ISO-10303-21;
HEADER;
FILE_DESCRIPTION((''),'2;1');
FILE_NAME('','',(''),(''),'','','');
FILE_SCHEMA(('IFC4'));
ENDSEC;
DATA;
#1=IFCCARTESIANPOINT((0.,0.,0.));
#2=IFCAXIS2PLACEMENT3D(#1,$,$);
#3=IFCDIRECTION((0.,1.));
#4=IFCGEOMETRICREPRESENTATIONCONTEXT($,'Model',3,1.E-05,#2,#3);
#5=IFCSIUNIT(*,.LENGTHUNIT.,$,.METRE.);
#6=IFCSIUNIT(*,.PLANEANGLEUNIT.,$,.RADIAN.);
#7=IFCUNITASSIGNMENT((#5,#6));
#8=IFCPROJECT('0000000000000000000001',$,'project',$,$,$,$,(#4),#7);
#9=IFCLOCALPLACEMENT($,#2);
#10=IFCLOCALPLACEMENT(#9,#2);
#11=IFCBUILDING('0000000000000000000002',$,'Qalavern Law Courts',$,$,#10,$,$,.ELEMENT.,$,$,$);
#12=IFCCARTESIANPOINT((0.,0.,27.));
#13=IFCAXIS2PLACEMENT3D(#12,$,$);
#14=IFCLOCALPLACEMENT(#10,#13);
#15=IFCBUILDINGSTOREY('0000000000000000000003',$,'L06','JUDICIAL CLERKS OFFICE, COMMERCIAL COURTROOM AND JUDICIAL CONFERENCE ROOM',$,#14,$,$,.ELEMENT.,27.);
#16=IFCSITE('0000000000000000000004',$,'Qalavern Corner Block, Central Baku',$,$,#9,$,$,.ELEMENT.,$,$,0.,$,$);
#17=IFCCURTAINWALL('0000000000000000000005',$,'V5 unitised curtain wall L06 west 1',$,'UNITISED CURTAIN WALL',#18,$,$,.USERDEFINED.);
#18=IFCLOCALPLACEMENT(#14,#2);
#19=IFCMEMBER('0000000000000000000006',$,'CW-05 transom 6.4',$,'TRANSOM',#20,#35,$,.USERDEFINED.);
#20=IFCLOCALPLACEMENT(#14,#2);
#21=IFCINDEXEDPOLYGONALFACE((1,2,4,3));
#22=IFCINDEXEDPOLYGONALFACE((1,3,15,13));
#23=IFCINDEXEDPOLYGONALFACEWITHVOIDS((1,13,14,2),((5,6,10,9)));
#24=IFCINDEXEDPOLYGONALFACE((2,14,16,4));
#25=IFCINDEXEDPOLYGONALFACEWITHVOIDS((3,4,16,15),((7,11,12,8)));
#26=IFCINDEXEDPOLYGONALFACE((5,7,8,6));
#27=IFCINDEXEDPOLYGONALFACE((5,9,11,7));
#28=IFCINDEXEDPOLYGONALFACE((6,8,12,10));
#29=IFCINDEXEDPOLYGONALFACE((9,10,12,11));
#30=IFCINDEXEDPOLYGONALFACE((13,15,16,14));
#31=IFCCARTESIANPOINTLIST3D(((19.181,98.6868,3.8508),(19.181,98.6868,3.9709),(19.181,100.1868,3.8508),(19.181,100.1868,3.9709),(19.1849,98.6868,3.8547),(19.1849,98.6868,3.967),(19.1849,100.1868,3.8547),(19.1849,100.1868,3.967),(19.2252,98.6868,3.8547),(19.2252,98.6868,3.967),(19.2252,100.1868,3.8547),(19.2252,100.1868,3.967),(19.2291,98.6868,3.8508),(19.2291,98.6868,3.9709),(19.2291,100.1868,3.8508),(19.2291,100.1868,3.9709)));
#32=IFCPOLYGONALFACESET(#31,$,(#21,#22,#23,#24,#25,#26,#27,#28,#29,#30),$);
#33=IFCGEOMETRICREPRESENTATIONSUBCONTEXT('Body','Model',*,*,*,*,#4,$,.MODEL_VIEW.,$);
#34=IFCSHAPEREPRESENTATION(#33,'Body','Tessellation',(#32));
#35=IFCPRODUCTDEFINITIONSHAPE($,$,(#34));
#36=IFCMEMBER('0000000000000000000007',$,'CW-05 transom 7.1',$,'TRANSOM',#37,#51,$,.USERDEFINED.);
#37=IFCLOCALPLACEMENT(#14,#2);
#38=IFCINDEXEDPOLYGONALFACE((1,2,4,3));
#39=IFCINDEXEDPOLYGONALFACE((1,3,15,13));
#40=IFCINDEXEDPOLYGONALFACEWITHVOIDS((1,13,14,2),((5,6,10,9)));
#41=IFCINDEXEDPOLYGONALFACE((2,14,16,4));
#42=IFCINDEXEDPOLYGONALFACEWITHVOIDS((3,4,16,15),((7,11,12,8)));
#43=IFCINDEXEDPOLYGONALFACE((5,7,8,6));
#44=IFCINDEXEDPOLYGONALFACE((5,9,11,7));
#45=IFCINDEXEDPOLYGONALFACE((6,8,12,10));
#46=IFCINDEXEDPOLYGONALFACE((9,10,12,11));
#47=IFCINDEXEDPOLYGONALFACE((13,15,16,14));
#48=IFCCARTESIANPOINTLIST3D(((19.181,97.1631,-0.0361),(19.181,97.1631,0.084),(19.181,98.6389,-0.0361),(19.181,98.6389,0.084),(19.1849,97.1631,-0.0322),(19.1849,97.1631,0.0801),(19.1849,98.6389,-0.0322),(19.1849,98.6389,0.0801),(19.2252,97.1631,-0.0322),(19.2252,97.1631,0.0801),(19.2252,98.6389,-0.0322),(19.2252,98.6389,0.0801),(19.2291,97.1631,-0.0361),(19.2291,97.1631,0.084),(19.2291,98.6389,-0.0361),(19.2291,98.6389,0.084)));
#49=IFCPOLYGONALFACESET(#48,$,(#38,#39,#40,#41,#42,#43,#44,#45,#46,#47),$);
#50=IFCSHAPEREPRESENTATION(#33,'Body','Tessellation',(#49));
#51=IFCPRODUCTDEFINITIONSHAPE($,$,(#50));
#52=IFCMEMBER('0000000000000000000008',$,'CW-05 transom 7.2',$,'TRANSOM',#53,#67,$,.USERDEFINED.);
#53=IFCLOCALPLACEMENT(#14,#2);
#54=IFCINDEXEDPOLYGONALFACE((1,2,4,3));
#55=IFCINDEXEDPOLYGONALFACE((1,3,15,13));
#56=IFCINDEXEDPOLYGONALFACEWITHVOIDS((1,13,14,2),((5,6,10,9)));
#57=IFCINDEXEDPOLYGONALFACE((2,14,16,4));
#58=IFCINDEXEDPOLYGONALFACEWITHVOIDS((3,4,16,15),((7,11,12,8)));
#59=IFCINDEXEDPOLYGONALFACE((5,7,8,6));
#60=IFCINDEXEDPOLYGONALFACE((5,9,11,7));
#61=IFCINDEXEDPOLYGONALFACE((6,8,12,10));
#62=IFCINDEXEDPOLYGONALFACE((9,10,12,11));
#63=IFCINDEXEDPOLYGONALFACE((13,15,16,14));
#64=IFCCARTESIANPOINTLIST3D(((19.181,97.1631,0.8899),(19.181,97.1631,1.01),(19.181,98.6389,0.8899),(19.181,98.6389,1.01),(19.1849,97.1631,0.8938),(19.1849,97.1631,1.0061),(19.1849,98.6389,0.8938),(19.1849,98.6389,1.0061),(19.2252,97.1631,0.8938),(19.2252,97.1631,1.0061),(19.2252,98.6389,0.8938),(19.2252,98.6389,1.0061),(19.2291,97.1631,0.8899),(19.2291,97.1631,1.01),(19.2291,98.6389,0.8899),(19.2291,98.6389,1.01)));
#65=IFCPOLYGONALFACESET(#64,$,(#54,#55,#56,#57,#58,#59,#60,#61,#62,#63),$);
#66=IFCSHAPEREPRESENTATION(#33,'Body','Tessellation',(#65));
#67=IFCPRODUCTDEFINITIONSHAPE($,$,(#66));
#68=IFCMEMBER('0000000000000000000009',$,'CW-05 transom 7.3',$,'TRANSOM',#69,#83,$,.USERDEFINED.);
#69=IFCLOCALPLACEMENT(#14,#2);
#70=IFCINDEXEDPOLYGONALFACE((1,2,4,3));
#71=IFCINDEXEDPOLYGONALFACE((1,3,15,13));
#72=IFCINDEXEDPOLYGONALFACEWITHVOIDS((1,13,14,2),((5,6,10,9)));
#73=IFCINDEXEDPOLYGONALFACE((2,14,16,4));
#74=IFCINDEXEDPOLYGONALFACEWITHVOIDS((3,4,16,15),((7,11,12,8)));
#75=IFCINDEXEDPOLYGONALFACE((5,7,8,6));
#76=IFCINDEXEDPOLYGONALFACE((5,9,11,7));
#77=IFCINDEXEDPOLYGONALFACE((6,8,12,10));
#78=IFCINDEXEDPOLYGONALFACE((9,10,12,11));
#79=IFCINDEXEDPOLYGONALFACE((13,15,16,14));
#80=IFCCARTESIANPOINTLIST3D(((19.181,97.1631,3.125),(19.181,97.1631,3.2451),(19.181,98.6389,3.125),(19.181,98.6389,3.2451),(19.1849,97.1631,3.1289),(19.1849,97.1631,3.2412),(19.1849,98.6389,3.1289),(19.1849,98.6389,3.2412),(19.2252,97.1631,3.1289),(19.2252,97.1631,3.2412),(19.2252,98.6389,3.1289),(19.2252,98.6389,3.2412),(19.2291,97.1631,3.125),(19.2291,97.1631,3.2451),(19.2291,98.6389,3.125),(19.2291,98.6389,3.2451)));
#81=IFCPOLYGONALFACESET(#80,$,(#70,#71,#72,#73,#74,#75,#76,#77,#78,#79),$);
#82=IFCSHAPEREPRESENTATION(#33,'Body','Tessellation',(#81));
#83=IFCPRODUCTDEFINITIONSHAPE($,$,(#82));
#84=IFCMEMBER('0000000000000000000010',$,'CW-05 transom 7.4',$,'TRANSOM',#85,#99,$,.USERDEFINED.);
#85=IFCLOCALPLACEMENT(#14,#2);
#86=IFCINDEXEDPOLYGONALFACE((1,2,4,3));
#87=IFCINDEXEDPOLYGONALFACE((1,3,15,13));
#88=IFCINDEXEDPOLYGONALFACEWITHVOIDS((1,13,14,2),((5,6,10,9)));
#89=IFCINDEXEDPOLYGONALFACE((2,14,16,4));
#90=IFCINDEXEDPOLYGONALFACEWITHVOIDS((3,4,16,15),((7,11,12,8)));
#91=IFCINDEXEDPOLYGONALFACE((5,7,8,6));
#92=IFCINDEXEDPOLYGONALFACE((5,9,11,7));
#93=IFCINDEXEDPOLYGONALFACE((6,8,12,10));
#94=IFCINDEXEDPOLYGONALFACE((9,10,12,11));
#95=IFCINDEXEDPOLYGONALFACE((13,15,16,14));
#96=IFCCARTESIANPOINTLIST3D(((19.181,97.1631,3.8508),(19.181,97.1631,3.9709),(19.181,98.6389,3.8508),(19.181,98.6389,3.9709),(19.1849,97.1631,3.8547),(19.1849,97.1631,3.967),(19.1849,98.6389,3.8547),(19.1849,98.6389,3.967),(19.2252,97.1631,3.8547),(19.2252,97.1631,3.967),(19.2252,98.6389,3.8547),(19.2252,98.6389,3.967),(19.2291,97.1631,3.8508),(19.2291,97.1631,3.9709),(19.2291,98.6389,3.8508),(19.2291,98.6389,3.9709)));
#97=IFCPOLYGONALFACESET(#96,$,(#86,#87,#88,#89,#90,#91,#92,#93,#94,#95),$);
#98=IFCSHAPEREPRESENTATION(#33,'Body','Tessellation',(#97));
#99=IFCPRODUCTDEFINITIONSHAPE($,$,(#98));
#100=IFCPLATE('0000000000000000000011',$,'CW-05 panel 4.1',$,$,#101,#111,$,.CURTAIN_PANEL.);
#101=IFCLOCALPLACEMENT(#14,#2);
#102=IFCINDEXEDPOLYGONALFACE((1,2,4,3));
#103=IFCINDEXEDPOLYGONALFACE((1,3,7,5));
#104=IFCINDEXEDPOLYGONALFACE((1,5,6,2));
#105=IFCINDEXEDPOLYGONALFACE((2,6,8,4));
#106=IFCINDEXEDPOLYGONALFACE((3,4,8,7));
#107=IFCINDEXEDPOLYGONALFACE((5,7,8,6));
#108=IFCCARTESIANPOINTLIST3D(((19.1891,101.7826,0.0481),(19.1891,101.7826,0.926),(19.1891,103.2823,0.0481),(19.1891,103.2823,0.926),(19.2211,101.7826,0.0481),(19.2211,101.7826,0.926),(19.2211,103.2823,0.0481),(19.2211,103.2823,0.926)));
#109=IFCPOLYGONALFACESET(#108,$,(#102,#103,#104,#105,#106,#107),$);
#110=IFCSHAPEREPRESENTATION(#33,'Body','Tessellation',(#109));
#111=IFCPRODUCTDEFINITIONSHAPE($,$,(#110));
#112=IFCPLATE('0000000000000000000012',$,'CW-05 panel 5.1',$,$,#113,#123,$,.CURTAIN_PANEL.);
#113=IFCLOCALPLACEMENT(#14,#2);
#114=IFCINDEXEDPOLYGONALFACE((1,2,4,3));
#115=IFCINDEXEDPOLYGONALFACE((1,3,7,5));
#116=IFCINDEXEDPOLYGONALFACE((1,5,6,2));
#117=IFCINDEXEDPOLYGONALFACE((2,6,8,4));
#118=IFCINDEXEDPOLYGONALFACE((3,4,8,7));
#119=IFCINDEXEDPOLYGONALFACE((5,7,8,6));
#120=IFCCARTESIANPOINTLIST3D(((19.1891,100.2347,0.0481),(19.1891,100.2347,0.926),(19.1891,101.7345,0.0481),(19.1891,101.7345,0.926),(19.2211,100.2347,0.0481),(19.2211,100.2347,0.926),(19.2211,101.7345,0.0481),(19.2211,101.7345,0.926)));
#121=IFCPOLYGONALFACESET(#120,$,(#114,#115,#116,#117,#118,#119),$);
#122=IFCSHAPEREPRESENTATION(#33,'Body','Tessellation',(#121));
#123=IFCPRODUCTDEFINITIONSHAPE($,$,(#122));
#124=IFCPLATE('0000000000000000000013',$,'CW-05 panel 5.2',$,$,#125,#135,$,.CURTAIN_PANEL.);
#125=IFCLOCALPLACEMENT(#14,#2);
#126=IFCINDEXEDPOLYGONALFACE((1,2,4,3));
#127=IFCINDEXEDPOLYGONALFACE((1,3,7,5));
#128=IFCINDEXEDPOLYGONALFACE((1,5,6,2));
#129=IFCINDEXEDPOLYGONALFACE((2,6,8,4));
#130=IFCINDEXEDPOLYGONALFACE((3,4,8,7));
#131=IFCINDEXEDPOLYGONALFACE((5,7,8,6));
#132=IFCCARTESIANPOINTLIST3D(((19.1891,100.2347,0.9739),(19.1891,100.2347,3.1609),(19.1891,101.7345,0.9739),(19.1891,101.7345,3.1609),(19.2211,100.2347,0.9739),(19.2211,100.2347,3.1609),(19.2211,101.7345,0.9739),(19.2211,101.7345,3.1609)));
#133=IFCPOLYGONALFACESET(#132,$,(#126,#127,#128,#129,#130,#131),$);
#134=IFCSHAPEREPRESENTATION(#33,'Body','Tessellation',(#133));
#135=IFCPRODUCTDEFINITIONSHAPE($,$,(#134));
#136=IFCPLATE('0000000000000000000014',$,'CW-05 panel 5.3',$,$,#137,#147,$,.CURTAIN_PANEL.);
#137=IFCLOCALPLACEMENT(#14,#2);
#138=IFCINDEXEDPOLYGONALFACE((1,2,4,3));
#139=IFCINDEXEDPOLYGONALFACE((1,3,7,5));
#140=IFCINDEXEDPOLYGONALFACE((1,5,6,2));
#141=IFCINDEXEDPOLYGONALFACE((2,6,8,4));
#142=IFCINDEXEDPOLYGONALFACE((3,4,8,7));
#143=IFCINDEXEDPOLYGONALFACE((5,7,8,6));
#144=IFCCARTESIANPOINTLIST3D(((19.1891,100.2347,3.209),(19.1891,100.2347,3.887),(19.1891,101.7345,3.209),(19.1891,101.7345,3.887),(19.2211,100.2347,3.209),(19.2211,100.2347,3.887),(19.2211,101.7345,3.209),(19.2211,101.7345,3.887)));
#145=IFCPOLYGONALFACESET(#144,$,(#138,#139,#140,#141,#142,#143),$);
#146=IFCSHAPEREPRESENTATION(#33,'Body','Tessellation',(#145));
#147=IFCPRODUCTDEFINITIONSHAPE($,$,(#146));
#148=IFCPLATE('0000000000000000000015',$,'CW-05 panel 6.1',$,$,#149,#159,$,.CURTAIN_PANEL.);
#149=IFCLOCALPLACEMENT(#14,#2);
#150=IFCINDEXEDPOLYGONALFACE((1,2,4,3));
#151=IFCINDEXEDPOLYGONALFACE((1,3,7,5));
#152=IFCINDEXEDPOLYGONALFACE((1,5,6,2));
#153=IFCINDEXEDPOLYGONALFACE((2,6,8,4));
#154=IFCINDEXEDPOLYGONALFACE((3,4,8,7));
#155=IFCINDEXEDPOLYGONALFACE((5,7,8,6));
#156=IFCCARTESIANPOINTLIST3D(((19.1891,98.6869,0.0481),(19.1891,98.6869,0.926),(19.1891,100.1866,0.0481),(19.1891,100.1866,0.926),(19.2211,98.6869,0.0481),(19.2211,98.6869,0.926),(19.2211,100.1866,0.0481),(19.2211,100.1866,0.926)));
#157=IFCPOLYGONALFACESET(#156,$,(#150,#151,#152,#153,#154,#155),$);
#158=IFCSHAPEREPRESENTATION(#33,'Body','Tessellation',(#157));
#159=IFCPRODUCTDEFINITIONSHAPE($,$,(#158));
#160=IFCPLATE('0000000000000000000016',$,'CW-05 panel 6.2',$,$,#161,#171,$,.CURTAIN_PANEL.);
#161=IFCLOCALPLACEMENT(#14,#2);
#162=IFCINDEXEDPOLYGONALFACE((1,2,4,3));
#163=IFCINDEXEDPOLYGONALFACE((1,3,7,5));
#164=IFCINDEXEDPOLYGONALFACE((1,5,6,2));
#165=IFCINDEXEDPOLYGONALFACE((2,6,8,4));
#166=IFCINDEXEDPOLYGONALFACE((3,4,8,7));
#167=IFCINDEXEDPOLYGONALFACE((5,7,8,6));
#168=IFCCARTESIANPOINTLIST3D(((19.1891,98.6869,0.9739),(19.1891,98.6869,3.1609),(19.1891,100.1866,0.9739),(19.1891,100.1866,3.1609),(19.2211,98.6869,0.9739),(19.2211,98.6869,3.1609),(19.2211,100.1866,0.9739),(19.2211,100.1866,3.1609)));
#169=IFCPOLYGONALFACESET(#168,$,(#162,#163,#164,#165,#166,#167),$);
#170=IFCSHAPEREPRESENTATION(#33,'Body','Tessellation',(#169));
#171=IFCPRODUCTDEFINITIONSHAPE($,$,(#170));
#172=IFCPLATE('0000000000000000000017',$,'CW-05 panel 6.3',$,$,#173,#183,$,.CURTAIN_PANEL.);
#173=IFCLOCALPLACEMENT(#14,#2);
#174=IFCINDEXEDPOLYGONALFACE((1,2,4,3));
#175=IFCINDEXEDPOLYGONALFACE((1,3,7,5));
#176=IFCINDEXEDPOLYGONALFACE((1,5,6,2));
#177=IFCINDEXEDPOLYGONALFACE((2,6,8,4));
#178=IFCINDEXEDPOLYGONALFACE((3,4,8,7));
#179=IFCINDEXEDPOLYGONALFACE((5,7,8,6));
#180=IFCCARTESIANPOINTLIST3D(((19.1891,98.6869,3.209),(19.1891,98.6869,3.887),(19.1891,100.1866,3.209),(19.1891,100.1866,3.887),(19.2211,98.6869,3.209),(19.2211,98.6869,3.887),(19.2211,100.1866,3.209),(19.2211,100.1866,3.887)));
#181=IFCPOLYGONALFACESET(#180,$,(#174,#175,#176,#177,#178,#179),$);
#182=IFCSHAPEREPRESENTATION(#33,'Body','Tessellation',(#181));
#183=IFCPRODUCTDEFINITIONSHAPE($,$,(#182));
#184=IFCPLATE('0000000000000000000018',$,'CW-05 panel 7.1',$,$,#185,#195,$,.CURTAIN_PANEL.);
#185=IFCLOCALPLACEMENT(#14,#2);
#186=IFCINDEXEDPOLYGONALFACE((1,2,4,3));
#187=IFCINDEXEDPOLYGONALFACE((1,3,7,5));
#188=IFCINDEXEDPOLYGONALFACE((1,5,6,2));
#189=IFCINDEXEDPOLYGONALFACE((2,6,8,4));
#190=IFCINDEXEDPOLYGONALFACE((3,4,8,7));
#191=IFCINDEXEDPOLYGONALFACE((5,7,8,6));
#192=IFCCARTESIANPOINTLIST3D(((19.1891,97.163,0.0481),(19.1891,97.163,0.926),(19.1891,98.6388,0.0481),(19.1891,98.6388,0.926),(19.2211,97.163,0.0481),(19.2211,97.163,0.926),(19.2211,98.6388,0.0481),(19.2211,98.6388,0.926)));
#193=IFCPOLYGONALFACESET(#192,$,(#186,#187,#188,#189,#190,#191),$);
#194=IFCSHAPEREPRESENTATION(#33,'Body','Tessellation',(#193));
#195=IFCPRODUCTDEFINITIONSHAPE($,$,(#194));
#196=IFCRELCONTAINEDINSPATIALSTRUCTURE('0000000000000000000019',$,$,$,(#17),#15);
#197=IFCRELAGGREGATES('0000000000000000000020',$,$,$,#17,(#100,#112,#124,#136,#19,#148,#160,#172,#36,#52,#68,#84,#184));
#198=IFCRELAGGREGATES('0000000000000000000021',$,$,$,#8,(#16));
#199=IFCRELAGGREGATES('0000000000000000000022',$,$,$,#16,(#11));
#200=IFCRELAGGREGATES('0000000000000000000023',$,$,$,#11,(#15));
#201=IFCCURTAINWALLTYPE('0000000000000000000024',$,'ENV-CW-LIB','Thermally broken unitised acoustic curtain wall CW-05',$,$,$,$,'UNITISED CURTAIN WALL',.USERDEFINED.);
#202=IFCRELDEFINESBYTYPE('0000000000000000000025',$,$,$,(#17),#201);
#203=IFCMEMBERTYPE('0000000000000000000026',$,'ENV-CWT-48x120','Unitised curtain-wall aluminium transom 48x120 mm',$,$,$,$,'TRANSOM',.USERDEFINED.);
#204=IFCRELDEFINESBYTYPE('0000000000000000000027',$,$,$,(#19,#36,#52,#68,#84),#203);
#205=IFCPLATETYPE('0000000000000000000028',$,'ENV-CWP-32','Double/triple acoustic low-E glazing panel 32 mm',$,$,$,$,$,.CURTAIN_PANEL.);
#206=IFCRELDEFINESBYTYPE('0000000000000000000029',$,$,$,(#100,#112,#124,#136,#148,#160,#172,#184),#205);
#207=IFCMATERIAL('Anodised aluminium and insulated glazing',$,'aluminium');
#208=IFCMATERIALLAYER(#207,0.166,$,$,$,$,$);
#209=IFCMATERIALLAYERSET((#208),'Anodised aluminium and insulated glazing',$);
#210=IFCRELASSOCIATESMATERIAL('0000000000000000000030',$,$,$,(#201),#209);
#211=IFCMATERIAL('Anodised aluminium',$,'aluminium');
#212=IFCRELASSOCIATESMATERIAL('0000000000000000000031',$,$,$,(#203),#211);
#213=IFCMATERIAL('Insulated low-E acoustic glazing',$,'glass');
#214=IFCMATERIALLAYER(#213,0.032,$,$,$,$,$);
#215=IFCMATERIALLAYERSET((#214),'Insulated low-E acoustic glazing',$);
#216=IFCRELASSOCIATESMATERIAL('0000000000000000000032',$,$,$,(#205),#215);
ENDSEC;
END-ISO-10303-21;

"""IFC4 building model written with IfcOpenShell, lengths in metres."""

from ifc_helpers import new_model, si_unit, direction, frame, origin, origin_2d, place, context, subcontext, project, spatial, rectangle, hollow_rectangle, extrude, material, layer, layer_set, material_profile, profile_set, type_object, element, aggregate, save


model = new_model("IFC4")

# Units and contexts
model_context = context("Model", 3, precision=1e-05, world=origin(), true_north=direction((0.0, 1.0)))
body_context = subcontext(model_context, "Body", "Model", "MODEL_VIEW")
ifc_project = project(units=[si_unit("LENGTHUNIT", "METRE"), si_unit("PLANEANGLEUNIT", "RADIAN")], contexts=[model_context])

# Site, building, storey
site_placement = place(None, origin())
site = spatial("IfcSite", under=ifc_project, at=site_placement, Name="Qalavern Corner Block, Central Baku", CompositionType="ELEMENT", RefElevation=0.0)
building_placement = place(site_placement, origin())
building = spatial("IfcBuilding", under=site, at=building_placement, Name="Qalavern Law Courts", CompositionType="ELEMENT")
storey_placement = place(building_placement, frame((0.0, 0.0, 27.0)))
storey = spatial("IfcBuildingStorey", under=building, at=storey_placement, Name="L06", Description="JUDICIAL CLERKS OFFICE, COMMERCIAL COURTROOM AND JUDICIAL CONFERENCE ROOM", CompositionType="ELEMENT", Elevation=27.0)

# Curtain wall, members, plates
ifc_material_1 = material(Name="Anodised aluminium and insulated glazing", Category="aluminium")
ifc_layer_1 = layer(ifc_material_1, 0.166)
ifc_layer_set_1 = layer_set([ifc_layer_1], Name="Anodised aluminium and insulated glazing")
curtain_wall_type = type_object("IfcCurtainWallType", Name="ENV-CW-LIB", Description="Thermally broken unitised acoustic curtain wall CW-05", ElementType="UNITISED CURTAIN WALL", PredefinedType="USERDEFINED", material=ifc_layer_set_1)
curtain_wall_placement = place(storey_placement, origin())
curtain_wall = element("IfcCurtainWall", 1, at=curtain_wall_placement, inside=storey, type_object=curtain_wall_type, Name="V5 unitised curtain wall L06 west 1", ObjectType="UNITISED CURTAIN WALL", PredefinedType="USERDEFINED")
ifc_material_2 = material(Name="Anodised aluminium", Category="aluminium")
ifc_material_profile_1 = material_profile(ifc_material_2, hollow_rectangle(XDim=0.0481, YDim=0.1201, WallThickness=0.0039, at=origin_2d()), Name="ALU TRANSOM 48x120")
ifc_profile_set_1 = profile_set([ifc_material_profile_1], Name="Anodised aluminium")
member_type_1 = type_object("IfcMemberType", Name="ENV-CWT-48x120", Description="Unitised curtain-wall aluminium transom 48x120 mm", ElementType="TRANSOM", PredefinedType="USERDEFINED", material=ifc_profile_set_1)
member_1_placement = place(storey_placement, frame((19.2051, 100.1868, 3.9109), z_axis=(0.0, -1.0, 0.0), x_axis=(1.0, 0.0, 0.0)))
member_1 = element("IfcMember", 2, at=member_1_placement, type_object=member_type_1, Name="CW-05 transom 6.4", ObjectType="TRANSOM", PredefinedType="USERDEFINED", context=body_context, shape_type="SweptSolid", body=[
    extrude(hollow_rectangle(XDim=0.0481, YDim=0.1201, WallThickness=0.0039, at=origin_2d()), origin(), (0.0, 0.0, 1.0), 1.5),
])
member_2_placement = place(storey_placement, frame((19.2051, 98.6389, 0.0239), z_axis=(0.0, -1.0, 0.0), x_axis=(1.0, 0.0, 0.0)))
member_2 = element("IfcMember", 3, at=member_2_placement, type_object=member_type_1, Name="CW-05 transom 7.1", ObjectType="TRANSOM", PredefinedType="USERDEFINED", context=body_context, shape_type="SweptSolid", body=[
    extrude(hollow_rectangle(XDim=0.0481, YDim=0.1201, WallThickness=0.0039, at=origin_2d()), origin(), (0.0, 0.0, 1.0), 1.4758),
])
member_3_placement = place(storey_placement, frame((19.2051, 98.6389, 0.95), z_axis=(0.0, -1.0, 0.0), x_axis=(1.0, 0.0, 0.0)))
member_3 = element("IfcMember", 4, at=member_3_placement, type_object=member_type_1, Name="CW-05 transom 7.2", ObjectType="TRANSOM", PredefinedType="USERDEFINED", context=body_context, shape_type="SweptSolid", body=[
    extrude(hollow_rectangle(XDim=0.0481, YDim=0.1201, WallThickness=0.0039, at=origin_2d()), origin(), (0.0, 0.0, 1.0), 1.4758),
])
member_4_placement = place(storey_placement, frame((19.2051, 98.6389, 3.1851), z_axis=(0.0, -1.0, 0.0), x_axis=(1.0, 0.0, 0.0)))
member_4 = element("IfcMember", 5, at=member_4_placement, type_object=member_type_1, Name="CW-05 transom 7.3", ObjectType="TRANSOM", PredefinedType="USERDEFINED", context=body_context, shape_type="SweptSolid", body=[
    extrude(hollow_rectangle(XDim=0.0481, YDim=0.1201, WallThickness=0.0039, at=origin_2d()), origin(), (0.0, 0.0, 1.0), 1.4758),
])
member_5_placement = place(storey_placement, frame((19.2051, 98.6389, 3.9109), z_axis=(0.0, -1.0, 0.0), x_axis=(1.0, 0.0, 0.0)))
member_5 = element("IfcMember", 6, at=member_5_placement, type_object=member_type_1, Name="CW-05 transom 7.4", ObjectType="TRANSOM", PredefinedType="USERDEFINED", context=body_context, shape_type="SweptSolid", body=[
    extrude(hollow_rectangle(XDim=0.0481, YDim=0.1201, WallThickness=0.0039, at=origin_2d()), origin(), (0.0, 0.0, 1.0), 1.4758),
])
ifc_material_3 = material(Name="Insulated low-E acoustic glazing", Category="glass")
ifc_layer_2 = layer(ifc_material_3, 0.032)
ifc_layer_set_2 = layer_set([ifc_layer_2], Name="Insulated low-E acoustic glazing")
plate_type = type_object("IfcPlateType", Name="ENV-CWP-32", Description="Double/triple acoustic low-E glazing panel 32 mm", PredefinedType="CURTAIN_PANEL", material=ifc_layer_set_2)
plate_1_placement = place(storey_placement, frame((19.2051, 102.5325, 0.0481), z_axis=(0.0, 0.0, 1.0), x_axis=(0.0, -1.0, 0.0)))
plate_1 = element("IfcPlate", 7, at=plate_1_placement, type_object=plate_type, Name="CW-05 panel 4.1", PredefinedType="CURTAIN_PANEL", context=body_context, shape_type="SweptSolid", body=[
    extrude(rectangle(XDim=1.4998, YDim=0.032, at=origin_2d()), origin(), (0.0, 0.0, 1.0), 0.8779),
])
plate_2_placement = place(storey_placement, frame((19.2051, 100.9846, 0.0481), z_axis=(0.0, 0.0, 1.0), x_axis=(0.0, -1.0, 0.0)))
plate_2 = element("IfcPlate", 8, at=plate_2_placement, type_object=plate_type, Name="CW-05 panel 5.1", PredefinedType="CURTAIN_PANEL", context=body_context, shape_type="SweptSolid", body=[
    extrude(rectangle(XDim=1.4998, YDim=0.032, at=origin_2d()), origin(), (0.0, 0.0, 1.0), 0.8779),
])
plate_3_placement = place(storey_placement, frame((19.2051, 100.9846, 0.9739), z_axis=(0.0, 0.0, 1.0), x_axis=(0.0, -1.0, 0.0)))
plate_3 = element("IfcPlate", 9, at=plate_3_placement, type_object=plate_type, Name="CW-05 panel 5.2", PredefinedType="CURTAIN_PANEL", context=body_context, shape_type="SweptSolid", body=[
    extrude(rectangle(XDim=1.4998, YDim=0.032, at=origin_2d()), origin(), (0.0, 0.0, 1.0), 2.187),
])
plate_4_placement = place(storey_placement, frame((19.2051, 100.9846, 3.209), z_axis=(0.0, 0.0, 1.0), x_axis=(0.0, -1.0, 0.0)))
plate_4 = element("IfcPlate", 10, at=plate_4_placement, type_object=plate_type, Name="CW-05 panel 5.3", PredefinedType="CURTAIN_PANEL", context=body_context, shape_type="SweptSolid", body=[
    extrude(rectangle(XDim=1.4998, YDim=0.032, at=origin_2d()), origin(), (0.0, 0.0, 1.0), 0.678),
])
plate_5_placement = place(storey_placement, frame((19.2051, 99.4368, 0.0481), z_axis=(0.0, 0.0, 1.0), x_axis=(0.0, -1.0, 0.0)))
plate_5 = element("IfcPlate", 11, at=plate_5_placement, type_object=plate_type, Name="CW-05 panel 6.1", PredefinedType="CURTAIN_PANEL", context=body_context, shape_type="SweptSolid", body=[
    extrude(rectangle(XDim=1.4998, YDim=0.032, at=origin_2d()), origin(), (0.0, 0.0, 1.0), 0.8779),
])
plate_6_placement = place(storey_placement, frame((19.2051, 99.4368, 0.9739), z_axis=(0.0, 0.0, 1.0), x_axis=(0.0, -1.0, 0.0)))
plate_6 = element("IfcPlate", 12, at=plate_6_placement, type_object=plate_type, Name="CW-05 panel 6.2", PredefinedType="CURTAIN_PANEL", context=body_context, shape_type="SweptSolid", body=[
    extrude(rectangle(XDim=1.4998, YDim=0.032, at=origin_2d()), origin(), (0.0, 0.0, 1.0), 2.187),
])
plate_7_placement = place(storey_placement, frame((19.2051, 99.4368, 3.209), z_axis=(0.0, 0.0, 1.0), x_axis=(0.0, -1.0, 0.0)))
plate_7 = element("IfcPlate", 13, at=plate_7_placement, type_object=plate_type, Name="CW-05 panel 6.3", PredefinedType="CURTAIN_PANEL", context=body_context, shape_type="SweptSolid", body=[
    extrude(rectangle(XDim=1.4998, YDim=0.032, at=origin_2d()), origin(), (0.0, 0.0, 1.0), 0.678),
])
plate_8_placement = place(storey_placement, frame((19.2051, 97.9009, 0.0481), z_axis=(0.0, 0.0, 1.0), x_axis=(0.0, -1.0, 0.0)))
plate_8 = element("IfcPlate", 14, at=plate_8_placement, type_object=plate_type, Name="CW-05 panel 7.1", PredefinedType="CURTAIN_PANEL", context=body_context, shape_type="SweptSolid", body=[
    extrude(rectangle(XDim=1.4758, YDim=0.032, at=origin_2d()), origin(), (0.0, 0.0, 1.0), 0.8779),
])
aggregate(curtain_wall, [plate_1, plate_2, plate_3, plate_4, member_1, plate_5, plate_6, plate_7, member_2, member_3, member_4, member_5, plate_8])

save(model, "model.ifc")
